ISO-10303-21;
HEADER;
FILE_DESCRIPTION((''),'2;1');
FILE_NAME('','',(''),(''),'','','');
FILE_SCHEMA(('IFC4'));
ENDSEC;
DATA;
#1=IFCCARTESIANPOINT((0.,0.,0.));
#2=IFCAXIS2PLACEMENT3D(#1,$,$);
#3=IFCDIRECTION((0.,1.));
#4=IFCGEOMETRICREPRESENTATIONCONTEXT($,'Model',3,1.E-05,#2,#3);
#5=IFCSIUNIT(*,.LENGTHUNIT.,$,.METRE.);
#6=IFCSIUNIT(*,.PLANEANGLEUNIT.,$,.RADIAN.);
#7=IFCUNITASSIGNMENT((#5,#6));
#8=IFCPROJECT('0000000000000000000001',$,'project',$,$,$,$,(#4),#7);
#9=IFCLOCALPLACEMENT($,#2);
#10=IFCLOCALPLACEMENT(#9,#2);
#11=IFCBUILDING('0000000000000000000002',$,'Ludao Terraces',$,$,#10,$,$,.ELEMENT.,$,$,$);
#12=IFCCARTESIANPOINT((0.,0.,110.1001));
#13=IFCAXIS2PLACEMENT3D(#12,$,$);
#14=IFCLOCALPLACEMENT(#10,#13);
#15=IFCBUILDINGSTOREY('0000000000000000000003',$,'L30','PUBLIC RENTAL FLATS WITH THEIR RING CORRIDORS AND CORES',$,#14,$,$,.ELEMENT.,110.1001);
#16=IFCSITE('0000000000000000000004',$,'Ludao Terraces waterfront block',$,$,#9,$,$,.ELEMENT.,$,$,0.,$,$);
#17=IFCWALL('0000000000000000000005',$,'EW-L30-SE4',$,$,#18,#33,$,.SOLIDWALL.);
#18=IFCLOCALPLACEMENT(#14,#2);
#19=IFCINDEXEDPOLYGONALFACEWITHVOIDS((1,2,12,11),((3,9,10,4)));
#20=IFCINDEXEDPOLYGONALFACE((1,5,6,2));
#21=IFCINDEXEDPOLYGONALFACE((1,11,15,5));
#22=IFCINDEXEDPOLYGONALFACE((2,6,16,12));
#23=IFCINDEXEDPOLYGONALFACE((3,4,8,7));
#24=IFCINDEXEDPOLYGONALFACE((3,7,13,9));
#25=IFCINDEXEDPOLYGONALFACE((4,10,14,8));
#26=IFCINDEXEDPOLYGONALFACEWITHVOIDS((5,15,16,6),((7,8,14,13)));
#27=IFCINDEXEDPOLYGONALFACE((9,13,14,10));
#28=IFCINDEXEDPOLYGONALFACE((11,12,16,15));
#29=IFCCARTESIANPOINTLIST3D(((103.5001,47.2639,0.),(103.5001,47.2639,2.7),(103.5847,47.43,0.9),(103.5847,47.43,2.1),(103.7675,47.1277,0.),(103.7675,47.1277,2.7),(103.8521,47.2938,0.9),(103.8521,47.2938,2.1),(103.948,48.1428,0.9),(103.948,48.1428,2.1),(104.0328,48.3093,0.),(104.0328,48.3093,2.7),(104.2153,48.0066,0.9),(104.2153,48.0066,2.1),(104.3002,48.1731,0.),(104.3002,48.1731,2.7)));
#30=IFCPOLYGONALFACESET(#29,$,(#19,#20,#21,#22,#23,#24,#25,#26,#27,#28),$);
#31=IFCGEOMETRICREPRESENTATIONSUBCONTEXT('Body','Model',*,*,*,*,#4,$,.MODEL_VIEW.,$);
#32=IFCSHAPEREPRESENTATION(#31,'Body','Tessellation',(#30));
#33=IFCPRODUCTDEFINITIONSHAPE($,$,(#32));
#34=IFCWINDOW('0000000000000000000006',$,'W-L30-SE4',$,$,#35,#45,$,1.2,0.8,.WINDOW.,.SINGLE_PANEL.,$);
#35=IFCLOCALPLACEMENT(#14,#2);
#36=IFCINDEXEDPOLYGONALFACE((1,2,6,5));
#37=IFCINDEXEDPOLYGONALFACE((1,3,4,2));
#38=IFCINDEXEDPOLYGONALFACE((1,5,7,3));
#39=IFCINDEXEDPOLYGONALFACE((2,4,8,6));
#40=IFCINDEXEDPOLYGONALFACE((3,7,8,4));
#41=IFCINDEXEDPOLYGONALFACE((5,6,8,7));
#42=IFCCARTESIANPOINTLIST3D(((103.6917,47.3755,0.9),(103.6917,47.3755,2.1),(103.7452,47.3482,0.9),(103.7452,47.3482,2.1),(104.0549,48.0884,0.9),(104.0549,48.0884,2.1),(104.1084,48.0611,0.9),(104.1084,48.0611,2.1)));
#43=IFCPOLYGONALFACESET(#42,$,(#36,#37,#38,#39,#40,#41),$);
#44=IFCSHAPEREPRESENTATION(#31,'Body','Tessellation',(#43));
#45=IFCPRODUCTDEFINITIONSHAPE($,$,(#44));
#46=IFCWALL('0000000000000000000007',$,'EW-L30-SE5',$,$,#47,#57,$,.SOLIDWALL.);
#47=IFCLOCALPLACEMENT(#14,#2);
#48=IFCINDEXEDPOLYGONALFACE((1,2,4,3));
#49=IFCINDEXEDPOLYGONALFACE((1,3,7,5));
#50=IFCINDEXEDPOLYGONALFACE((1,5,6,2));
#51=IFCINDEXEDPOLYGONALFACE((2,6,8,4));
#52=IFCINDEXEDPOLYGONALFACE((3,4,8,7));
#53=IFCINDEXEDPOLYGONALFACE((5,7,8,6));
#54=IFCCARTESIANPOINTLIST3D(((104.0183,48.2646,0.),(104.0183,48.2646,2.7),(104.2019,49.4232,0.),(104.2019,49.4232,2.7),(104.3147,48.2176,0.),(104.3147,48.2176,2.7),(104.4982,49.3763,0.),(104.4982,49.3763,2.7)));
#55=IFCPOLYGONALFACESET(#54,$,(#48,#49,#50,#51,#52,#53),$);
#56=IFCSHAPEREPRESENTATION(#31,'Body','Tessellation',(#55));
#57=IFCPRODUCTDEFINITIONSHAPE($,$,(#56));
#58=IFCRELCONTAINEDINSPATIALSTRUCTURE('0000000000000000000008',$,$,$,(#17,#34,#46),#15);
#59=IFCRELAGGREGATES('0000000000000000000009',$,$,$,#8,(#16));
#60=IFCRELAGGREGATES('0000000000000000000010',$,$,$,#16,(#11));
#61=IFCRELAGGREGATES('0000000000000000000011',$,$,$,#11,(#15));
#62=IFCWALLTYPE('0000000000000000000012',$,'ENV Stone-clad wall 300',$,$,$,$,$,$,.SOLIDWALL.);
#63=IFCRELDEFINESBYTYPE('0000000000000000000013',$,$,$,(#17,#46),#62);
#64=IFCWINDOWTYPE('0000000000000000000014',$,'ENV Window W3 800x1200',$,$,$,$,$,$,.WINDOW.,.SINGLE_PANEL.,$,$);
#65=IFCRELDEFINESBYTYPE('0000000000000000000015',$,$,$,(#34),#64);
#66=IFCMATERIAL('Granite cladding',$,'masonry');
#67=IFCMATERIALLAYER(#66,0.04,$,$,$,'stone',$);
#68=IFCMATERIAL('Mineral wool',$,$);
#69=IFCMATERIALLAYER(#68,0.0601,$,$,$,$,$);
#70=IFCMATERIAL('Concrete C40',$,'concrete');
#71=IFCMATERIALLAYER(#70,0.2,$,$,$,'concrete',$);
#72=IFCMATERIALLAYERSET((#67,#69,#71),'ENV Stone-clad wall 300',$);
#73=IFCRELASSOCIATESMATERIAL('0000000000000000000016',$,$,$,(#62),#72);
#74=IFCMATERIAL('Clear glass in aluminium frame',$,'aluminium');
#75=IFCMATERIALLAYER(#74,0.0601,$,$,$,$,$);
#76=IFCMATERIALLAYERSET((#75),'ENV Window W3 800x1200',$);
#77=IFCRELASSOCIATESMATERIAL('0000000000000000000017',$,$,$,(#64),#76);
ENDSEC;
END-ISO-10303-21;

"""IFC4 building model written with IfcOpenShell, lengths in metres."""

from ifc_helpers import new_model, si_unit, direction, frame, frame_2d, origin, place, context, subcontext, project, spatial, rectangle, extrude, material, layer, layer_set, type_object, element, fill, save


model = new_model("IFC4")

# Units and contexts
model_context = context("Model", 3, precision=1e-05, world=origin(), true_north=direction((0.0, 1.0)))
body_context = subcontext(model_context, "Body", "Model", "MODEL_VIEW")
ifc_project = project(units=[si_unit("LENGTHUNIT", "METRE"), si_unit("PLANEANGLEUNIT", "RADIAN")], contexts=[model_context])

# Site, building, storey
site_placement = place(None, origin())
site = spatial("IfcSite", under=ifc_project, at=site_placement, Name="Ludao Terraces waterfront block", CompositionType="ELEMENT", RefElevation=0.0)
building_placement = place(site_placement, origin())
building = spatial("IfcBuilding", under=site, at=building_placement, Name="Ludao Terraces", CompositionType="ELEMENT")
storey_placement = place(building_placement, frame((0.0, 0.0, 110.1001)))
storey = spatial("IfcBuildingStorey", under=building, at=storey_placement, Name="L30", Description="PUBLIC RENTAL FLATS WITH THEIR RING CORRIDORS AND CORES", CompositionType="ELEMENT", Elevation=110.1001)

# Shared definitions
ifc_material_1 = material(Name="Concrete C40", Category="concrete")

# Wall, opening, window
ifc_material_2 = material(Name="Granite cladding", Category="masonry")
ifc_layer_1 = layer(ifc_material_2, 0.04, Category="stone")
ifc_material_3 = material(Name="Mineral wool")
ifc_layer_2 = layer(ifc_material_3, 0.0601)
ifc_layer_3 = layer(ifc_material_1, 0.2, Category="concrete")
ifc_layer_set_1 = layer_set([ifc_layer_1, ifc_layer_2, ifc_layer_3], Name="ENV Stone-clad wall 300")
wall_type = type_object("IfcWallType", Name="ENV Stone-clad wall 300", PredefinedType="SOLIDWALL", material=ifc_layer_set_1)
ifc_material_4 = material(Name="Clear glass in aluminium frame", Category="aluminium")
ifc_layer_4 = layer(ifc_material_4, 0.0601)
ifc_layer_set_2 = layer_set([ifc_layer_4], Name="ENV Window W3 800x1200")
window_type_1 = type_object("IfcWindowType", Name="ENV Window W3 800x1200", PartitioningType="SINGLE_PANEL", PredefinedType="WINDOW", material=ifc_layer_set_2)
wall_1_placement = place(storey_placement, frame((103.6338, 47.1958, 0.0), z_axis=(0.0, 0.0, 1.0), x_axis=(0.454026, 0.890989, 0.0)))
wall_1 = element("IfcWall", 1, at=wall_1_placement, inside=storey, type_object=wall_type, Name="EW-L30-SE4", PredefinedType="SOLIDWALL", context=body_context, shape_type="SweptSolid", body=[
    extrude(rectangle(XDim=1.1733, YDim=0.3, at=frame_2d((0.5867, 0.0))), origin(), (0.0, 0.0, 1.0), 2.7),
])
opening_1_placement = place(wall_1_placement, frame((0.1865, 0.0, 0.8999)))
opening_1 = element("IfcOpeningElement", 2, at=opening_1_placement, cuts=wall_1, PredefinedType="OPENING", context=body_context, shape_type="SweptSolid", body=[
    extrude(rectangle(XDim=0.8, YDim=1.2, at=frame_2d((0.3999, 0.6001))), frame((0.0, 0.1602, 0.0), z_axis=(0.0, -1.0, 0.0), x_axis=(1.0, 0.0, 0.0)), (0.0, 0.0, 1.0), 0.3201),
])
window_1_placement = place(opening_1_placement, origin())
window_1 = element("IfcWindow", 3, at=window_1_placement, inside=storey, type_object=window_type_1, Name="W-L30-SE4", OverallHeight=1.2, OverallWidth=0.8, PartitioningType="SINGLE_PANEL", PredefinedType="WINDOW", context=body_context, shape_type="SweptSolid", body=[
    extrude(rectangle(XDim=0.8, YDim=1.2, at=frame_2d((0.3999, 0.6001))), frame((0.0, 0.03, 0.0), z_axis=(0.0, -1.0, 0.0), x_axis=(1.0, 0.0, 0.0)), (0.0, 0.0, 1.0), 0.0601),
])
fill(opening_1, window_1)

# Wall
wall_2_placement = place(storey_placement, frame((104.1665, 48.2412, 0.0), z_axis=(0.0, 0.0, 1.0), x_axis=(0.156497, 0.987678, 0.0)))
element("IfcWall", 4, at=wall_2_placement, inside=storey, type_object=wall_type, Name="EW-L30-SE5", PredefinedType="SOLIDWALL", context=body_context, shape_type="SweptSolid", body=[
    extrude(rectangle(XDim=1.1731, YDim=0.3, at=frame_2d((0.5864, 0.0))), origin(), (0.0, 0.0, 1.0), 2.7),
])

save(model, "model.ifc")
